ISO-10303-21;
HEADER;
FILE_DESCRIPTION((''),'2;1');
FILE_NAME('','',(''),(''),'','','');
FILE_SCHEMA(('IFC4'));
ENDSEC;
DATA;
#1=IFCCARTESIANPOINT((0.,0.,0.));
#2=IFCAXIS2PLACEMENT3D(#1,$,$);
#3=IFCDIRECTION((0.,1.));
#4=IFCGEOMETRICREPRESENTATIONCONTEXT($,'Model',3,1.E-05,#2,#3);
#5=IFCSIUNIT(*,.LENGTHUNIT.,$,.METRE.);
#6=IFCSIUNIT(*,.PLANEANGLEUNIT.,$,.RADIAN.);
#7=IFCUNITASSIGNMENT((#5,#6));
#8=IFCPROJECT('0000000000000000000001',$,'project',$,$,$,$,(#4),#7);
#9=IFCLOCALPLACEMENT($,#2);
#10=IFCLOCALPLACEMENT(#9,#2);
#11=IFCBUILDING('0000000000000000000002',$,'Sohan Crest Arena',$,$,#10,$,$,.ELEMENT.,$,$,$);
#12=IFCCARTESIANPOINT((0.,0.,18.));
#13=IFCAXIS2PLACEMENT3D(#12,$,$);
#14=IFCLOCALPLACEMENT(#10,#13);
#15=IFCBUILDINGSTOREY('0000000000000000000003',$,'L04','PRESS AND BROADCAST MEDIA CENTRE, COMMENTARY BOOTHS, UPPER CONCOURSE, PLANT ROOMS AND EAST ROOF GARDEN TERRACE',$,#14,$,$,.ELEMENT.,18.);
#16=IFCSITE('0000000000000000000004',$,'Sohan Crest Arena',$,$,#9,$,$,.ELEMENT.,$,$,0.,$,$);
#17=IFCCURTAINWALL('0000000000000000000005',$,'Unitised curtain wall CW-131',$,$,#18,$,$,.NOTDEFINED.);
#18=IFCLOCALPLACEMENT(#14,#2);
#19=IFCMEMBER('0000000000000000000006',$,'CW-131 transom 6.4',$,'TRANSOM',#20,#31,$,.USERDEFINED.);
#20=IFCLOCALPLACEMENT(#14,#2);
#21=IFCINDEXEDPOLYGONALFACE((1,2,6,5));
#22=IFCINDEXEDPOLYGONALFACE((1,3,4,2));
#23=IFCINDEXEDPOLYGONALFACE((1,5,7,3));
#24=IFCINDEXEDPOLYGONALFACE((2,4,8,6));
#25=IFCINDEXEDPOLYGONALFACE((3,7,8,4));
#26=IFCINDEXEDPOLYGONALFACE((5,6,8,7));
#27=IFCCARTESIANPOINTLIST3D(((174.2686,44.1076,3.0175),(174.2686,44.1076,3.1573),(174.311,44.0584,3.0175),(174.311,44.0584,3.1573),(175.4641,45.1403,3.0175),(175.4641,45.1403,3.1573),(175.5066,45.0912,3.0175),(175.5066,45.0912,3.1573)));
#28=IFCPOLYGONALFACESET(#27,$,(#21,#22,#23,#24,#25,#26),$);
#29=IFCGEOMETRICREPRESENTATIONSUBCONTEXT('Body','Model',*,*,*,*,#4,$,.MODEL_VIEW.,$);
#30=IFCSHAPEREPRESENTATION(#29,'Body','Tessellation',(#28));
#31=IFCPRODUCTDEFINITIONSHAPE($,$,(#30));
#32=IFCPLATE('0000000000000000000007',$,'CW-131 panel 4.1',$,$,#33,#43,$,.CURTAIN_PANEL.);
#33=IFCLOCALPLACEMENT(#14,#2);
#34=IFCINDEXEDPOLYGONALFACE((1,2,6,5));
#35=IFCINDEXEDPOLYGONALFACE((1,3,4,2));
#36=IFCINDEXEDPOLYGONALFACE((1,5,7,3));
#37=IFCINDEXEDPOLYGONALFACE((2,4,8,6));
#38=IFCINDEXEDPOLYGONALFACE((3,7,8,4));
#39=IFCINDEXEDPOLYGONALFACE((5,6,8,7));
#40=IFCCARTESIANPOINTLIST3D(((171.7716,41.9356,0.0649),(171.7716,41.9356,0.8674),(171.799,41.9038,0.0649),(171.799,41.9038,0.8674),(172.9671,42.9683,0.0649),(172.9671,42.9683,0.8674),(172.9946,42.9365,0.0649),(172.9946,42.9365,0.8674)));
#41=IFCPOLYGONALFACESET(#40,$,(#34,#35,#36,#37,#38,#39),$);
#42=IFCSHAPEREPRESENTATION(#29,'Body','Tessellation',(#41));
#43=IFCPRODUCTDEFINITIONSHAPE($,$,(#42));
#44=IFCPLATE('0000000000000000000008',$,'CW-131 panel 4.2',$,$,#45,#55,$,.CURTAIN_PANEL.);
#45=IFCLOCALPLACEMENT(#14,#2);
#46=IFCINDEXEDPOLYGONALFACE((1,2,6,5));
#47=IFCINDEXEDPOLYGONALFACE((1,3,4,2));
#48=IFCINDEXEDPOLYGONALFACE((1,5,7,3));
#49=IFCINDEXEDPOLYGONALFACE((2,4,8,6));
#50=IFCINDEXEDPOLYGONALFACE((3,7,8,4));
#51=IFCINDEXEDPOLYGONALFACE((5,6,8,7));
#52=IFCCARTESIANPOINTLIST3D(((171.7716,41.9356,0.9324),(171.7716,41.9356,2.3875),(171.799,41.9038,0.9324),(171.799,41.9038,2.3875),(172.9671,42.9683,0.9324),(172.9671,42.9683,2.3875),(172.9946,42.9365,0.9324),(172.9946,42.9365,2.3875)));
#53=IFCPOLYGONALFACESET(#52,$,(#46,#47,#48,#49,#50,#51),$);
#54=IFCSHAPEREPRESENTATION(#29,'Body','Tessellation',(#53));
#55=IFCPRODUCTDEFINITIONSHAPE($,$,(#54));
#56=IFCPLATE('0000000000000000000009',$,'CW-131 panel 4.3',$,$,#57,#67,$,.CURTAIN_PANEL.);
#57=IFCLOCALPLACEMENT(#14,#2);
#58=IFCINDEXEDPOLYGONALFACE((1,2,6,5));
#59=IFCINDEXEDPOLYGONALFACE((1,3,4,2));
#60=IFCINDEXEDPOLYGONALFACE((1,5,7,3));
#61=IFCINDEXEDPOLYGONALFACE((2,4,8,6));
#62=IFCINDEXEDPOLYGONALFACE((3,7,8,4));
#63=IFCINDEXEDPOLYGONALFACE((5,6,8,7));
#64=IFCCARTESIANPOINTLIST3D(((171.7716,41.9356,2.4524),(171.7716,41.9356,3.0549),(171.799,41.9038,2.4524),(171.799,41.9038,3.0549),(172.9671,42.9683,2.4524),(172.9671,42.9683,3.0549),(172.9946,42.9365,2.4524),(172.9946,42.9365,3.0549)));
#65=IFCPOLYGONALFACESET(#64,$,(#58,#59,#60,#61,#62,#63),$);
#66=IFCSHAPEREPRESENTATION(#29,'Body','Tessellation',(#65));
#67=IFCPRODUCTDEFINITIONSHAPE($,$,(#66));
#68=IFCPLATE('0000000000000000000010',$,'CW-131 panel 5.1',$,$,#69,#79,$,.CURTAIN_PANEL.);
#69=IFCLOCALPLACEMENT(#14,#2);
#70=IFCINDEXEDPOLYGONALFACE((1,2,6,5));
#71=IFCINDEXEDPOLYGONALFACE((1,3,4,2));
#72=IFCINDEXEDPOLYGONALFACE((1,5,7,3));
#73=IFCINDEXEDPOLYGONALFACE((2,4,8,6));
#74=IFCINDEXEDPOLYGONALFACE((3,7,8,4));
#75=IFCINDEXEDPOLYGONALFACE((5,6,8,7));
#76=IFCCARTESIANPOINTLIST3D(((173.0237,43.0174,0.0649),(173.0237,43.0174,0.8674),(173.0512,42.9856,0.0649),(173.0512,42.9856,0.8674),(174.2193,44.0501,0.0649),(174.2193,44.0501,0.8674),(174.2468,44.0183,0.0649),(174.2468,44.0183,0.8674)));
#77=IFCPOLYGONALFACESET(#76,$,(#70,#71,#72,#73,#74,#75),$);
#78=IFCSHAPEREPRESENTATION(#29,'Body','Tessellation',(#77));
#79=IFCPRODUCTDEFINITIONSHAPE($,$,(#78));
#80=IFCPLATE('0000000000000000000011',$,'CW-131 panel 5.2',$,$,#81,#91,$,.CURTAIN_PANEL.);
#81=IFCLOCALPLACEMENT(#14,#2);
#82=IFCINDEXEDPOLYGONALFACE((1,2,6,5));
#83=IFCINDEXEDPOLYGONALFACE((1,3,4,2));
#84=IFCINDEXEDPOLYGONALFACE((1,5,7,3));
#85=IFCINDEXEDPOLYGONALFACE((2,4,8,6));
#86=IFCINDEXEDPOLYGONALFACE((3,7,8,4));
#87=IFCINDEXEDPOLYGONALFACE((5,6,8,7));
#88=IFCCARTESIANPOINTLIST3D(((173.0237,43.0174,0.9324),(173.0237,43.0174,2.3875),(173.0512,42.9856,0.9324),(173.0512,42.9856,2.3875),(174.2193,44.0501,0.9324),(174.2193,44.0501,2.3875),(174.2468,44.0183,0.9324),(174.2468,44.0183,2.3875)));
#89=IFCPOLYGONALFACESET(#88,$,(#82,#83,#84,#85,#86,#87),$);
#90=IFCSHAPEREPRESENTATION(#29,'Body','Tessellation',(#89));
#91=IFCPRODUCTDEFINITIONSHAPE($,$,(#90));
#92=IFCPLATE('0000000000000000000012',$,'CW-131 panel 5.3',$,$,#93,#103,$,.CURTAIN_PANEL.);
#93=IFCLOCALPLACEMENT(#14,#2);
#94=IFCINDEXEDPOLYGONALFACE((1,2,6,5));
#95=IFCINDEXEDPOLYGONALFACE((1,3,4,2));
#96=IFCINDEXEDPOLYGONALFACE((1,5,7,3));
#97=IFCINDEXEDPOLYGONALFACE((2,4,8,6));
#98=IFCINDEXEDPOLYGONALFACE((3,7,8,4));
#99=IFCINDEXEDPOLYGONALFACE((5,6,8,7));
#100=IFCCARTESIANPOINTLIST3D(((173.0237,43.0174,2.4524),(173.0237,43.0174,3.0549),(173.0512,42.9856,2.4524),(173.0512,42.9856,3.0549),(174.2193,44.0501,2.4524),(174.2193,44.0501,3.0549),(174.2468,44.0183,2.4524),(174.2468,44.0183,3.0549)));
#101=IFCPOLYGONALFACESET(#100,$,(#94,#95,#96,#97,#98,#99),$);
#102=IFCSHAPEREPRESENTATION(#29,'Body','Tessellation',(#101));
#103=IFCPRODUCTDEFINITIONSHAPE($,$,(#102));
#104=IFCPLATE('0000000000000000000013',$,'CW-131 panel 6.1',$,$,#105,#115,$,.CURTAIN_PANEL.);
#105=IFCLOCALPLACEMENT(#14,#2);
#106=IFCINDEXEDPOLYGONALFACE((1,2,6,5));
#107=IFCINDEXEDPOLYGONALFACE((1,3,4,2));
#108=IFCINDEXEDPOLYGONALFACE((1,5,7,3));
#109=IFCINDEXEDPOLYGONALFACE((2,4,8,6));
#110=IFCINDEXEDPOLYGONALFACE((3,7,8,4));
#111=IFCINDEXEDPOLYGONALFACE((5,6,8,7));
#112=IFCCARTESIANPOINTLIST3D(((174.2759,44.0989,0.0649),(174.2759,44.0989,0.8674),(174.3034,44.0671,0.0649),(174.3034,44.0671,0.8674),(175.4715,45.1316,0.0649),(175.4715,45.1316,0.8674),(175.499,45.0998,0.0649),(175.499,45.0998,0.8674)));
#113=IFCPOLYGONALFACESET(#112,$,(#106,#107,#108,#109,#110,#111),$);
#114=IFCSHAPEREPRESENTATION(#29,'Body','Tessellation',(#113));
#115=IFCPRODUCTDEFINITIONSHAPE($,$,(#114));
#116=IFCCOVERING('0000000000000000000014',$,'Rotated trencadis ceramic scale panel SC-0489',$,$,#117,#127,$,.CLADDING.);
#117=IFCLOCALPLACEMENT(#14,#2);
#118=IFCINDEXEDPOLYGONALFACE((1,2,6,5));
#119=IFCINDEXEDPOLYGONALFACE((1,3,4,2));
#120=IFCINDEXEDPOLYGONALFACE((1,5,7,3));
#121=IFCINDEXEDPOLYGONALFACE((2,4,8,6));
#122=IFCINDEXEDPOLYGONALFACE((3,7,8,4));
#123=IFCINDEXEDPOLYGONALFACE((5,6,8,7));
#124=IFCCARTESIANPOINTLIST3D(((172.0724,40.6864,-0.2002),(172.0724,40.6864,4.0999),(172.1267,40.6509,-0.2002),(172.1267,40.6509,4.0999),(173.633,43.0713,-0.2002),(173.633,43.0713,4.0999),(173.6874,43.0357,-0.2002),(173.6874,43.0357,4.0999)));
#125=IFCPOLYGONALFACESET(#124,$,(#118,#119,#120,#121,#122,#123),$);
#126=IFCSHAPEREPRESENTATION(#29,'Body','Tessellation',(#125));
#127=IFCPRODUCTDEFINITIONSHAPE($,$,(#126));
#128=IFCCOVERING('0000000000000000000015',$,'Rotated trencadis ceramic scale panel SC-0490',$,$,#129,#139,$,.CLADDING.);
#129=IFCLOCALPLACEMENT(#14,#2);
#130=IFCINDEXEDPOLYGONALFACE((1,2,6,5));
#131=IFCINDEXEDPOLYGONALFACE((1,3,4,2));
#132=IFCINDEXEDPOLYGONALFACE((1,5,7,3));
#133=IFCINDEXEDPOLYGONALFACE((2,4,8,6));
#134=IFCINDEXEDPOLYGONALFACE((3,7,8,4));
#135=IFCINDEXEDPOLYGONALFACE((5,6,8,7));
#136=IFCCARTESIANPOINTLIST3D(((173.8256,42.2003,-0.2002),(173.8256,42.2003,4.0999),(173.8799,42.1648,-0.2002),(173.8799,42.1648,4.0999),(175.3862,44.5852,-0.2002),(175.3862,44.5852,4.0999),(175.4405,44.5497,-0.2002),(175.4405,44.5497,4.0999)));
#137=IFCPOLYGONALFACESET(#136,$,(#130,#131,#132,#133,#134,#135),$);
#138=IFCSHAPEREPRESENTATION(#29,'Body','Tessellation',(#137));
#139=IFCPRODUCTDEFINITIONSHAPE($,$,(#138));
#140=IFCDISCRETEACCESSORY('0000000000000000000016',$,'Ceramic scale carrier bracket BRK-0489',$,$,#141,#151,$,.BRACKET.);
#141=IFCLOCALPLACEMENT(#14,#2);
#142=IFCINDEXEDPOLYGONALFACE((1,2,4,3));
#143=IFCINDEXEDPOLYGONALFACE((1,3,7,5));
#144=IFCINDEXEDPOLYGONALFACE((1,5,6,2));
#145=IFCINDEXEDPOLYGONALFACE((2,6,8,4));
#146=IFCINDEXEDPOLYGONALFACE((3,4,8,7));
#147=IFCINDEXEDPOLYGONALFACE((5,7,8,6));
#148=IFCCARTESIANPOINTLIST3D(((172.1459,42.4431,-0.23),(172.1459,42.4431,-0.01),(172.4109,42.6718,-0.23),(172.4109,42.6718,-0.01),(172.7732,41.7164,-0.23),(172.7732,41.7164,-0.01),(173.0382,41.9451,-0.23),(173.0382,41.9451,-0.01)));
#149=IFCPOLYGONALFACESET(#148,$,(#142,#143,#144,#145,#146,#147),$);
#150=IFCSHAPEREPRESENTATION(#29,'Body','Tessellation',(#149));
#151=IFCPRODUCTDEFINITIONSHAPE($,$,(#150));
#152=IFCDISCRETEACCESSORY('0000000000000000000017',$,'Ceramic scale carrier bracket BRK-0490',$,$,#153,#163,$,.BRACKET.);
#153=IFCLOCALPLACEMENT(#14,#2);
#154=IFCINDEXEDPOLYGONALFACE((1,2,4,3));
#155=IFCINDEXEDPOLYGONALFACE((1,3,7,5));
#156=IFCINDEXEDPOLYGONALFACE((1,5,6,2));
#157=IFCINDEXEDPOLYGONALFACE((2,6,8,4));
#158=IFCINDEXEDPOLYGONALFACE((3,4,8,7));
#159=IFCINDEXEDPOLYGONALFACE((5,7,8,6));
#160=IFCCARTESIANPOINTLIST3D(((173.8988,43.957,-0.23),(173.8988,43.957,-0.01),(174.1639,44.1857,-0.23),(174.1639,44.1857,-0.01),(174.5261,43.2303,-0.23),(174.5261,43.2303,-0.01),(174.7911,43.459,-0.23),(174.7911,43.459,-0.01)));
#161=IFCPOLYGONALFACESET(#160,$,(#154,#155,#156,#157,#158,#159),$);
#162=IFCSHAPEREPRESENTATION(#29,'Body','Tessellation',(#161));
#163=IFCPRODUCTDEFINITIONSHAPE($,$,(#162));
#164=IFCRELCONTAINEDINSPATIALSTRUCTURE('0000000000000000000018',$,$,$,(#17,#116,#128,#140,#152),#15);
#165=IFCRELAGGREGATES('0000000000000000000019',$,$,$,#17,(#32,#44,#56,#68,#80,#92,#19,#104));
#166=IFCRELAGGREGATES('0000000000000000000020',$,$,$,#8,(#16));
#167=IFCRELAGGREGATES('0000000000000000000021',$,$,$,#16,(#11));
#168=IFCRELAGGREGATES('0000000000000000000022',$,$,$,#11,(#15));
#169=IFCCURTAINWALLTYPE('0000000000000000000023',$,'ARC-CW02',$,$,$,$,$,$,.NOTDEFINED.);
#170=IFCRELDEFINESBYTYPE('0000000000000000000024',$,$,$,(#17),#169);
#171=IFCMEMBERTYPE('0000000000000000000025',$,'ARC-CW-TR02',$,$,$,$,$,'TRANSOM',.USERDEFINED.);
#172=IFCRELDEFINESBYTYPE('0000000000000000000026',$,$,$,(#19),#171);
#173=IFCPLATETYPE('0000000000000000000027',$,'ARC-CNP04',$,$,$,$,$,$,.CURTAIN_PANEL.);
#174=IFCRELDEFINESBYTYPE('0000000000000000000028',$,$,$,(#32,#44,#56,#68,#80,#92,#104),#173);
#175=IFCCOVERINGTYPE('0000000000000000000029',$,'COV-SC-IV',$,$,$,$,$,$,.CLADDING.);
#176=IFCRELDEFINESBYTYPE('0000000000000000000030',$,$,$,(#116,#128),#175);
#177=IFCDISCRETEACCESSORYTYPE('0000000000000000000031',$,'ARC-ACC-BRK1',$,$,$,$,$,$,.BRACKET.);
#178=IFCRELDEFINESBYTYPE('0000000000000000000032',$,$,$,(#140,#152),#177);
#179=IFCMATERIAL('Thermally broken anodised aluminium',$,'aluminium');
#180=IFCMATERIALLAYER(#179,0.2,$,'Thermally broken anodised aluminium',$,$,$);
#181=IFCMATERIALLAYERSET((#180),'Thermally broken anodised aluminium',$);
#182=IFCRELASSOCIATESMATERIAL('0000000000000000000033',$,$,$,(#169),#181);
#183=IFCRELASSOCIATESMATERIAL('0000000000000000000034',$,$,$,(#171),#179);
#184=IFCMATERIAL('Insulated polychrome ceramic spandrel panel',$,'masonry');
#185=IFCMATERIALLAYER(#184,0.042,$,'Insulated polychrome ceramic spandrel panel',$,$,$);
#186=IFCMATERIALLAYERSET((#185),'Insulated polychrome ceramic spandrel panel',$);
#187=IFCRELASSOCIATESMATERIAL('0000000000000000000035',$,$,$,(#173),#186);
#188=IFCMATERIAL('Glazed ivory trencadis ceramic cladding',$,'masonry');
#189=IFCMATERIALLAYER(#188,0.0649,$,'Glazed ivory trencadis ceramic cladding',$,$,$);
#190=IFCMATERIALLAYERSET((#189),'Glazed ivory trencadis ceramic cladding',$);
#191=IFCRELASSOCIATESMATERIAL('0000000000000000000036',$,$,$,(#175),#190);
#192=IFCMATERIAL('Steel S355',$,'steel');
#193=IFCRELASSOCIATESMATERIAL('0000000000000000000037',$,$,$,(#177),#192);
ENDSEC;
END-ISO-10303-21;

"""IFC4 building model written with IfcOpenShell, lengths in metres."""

from ifc_helpers import new_model, si_unit, direction, frame, origin, origin_2d, place, context, subcontext, project, spatial, rectangle, extrude, material, layer, layer_set, material_profile, profile_set, type_object, element, aggregate, save


model = new_model("IFC4")

# Units and contexts
model_context = context("Model", 3, precision=1e-05, world=origin(), true_north=direction((0.0, 1.0)))
body_context = subcontext(model_context, "Body", "Model", "MODEL_VIEW")
ifc_project = project(units=[si_unit("LENGTHUNIT", "METRE"), si_unit("PLANEANGLEUNIT", "RADIAN")], contexts=[model_context])

# Site, building, storey
site_placement = place(None, origin())
site = spatial("IfcSite", under=ifc_project, at=site_placement, Name="Sohan Crest Arena", CompositionType="ELEMENT", RefElevation=0.0)
building_placement = place(site_placement, origin())
building = spatial("IfcBuilding", under=site, at=building_placement, Name="Sohan Crest Arena", CompositionType="ELEMENT")
storey_placement = place(building_placement, frame((0.0, 0.0, 18.0)))
storey = spatial("IfcBuildingStorey", under=building, at=storey_placement, Name="L04", Description="PRESS AND BROADCAST MEDIA CENTRE, COMMENTARY BOOTHS, UPPER CONCOURSE, PLANT ROOMS AND EAST ROOF GARDEN TERRACE", CompositionType="ELEMENT", Elevation=18.0)

# Curtain wall, member, plates
ifc_material_1 = material(Name="Thermally broken anodised aluminium", Category="aluminium")
ifc_layer_1 = layer(ifc_material_1, 0.2, Name="Thermally broken anodised aluminium")
ifc_layer_set_1 = layer_set([ifc_layer_1], Name="Thermally broken anodised aluminium")
curtain_wall_type = type_object("IfcCurtainWallType", Name="ARC-CW02", PredefinedType="NOTDEFINED", material=ifc_layer_set_1)
curtain_wall_placement = place(storey_placement, origin())
curtain_wall = element("IfcCurtainWall", 1, at=curtain_wall_placement, inside=storey, type_object=curtain_wall_type, Name="Unitised curtain wall CW-131", PredefinedType="NOTDEFINED")
ifc_material_profile_1 = material_profile(ifc_material_1, rectangle(XDim=0.0649, YDim=0.1399, at=origin_2d()), Name="ALU-TRAN 65x140")
ifc_profile_set_1 = profile_set([ifc_material_profile_1], Name="Thermally broken anodised aluminium")
member_type_1 = type_object("IfcMemberType", Name="ARC-CW-TR02", ElementType="TRANSOM", PredefinedType="USERDEFINED", material=ifc_profile_set_1)
member_1_placement = place(storey_placement, frame((174.2898, 44.083, 3.0874), z_axis=(0.756764, 0.653688, 0.0), x_axis=(-0.653688, 0.756764, 0.0)))
member_1 = element("IfcMember", 2, at=member_1_placement, type_object=member_type_1, Name="CW-131 transom 6.4", ObjectType="TRANSOM", PredefinedType="USERDEFINED", context=body_context, shape_type="SweptSolid", body=[
    extrude(rectangle(XDim=0.0649, YDim=0.1399, at=origin_2d()), origin(), (0.0, 0.0, 1.0), 1.5798),
])
ifc_material_2 = material(Name="Insulated polychrome ceramic spandrel panel", Category="masonry")
ifc_layer_2 = layer(ifc_material_2, 0.042, Name="Insulated polychrome ceramic spandrel panel")
ifc_layer_set_2 = layer_set([ifc_layer_2], Name="Insulated polychrome ceramic spandrel panel")
plate_type = type_object("IfcPlateType", Name="ARC-CNP04", PredefinedType="CURTAIN_PANEL", material=ifc_layer_set_2)
plate_1_placement = place(storey_placement, frame((172.3831, 42.436, 0.0649), z_axis=(0.0, 0.0, 1.0), x_axis=(0.756765, 0.653687, 0.0)))
plate_1 = element("IfcPlate", 3, at=plate_1_placement, type_object=plate_type, Name="CW-131 panel 4.1", PredefinedType="CURTAIN_PANEL", context=body_context, shape_type="SweptSolid", body=[
    extrude(rectangle(XDim=1.5798, YDim=0.042, at=origin_2d()), origin(), (0.0, 0.0, 1.0), 0.8025),
])
plate_2_placement = place(storey_placement, frame((172.3831, 42.436, 0.9324), z_axis=(0.0, 0.0, 1.0), x_axis=(0.756765, 0.653687, 0.0)))
plate_2 = element("IfcPlate", 4, at=plate_2_placement, type_object=plate_type, Name="CW-131 panel 4.2", PredefinedType="CURTAIN_PANEL", context=body_context, shape_type="SweptSolid", body=[
    extrude(rectangle(XDim=1.5798, YDim=0.042, at=origin_2d()), origin(), (0.0, 0.0, 1.0), 1.4551),
])
plate_3_placement = place(storey_placement, frame((172.3831, 42.436, 2.4524), z_axis=(0.0, 0.0, 1.0), x_axis=(0.756765, 0.653687, 0.0)))
plate_3 = element("IfcPlate", 5, at=plate_3_placement, type_object=plate_type, Name="CW-131 panel 4.3", PredefinedType="CURTAIN_PANEL", context=body_context, shape_type="SweptSolid", body=[
    extrude(rectangle(XDim=1.5798, YDim=0.042, at=origin_2d()), origin(), (0.0, 0.0, 1.0), 0.6025),
])
plate_4_placement = place(storey_placement, frame((173.6353, 43.5178, 0.0649), z_axis=(0.0, 0.0, 1.0), x_axis=(0.756765, 0.653687, 0.0)))
plate_4 = element("IfcPlate", 6, at=plate_4_placement, type_object=plate_type, Name="CW-131 panel 5.1", PredefinedType="CURTAIN_PANEL", context=body_context, shape_type="SweptSolid", body=[
    extrude(rectangle(XDim=1.5798, YDim=0.042, at=origin_2d()), origin(), (0.0, 0.0, 1.0), 0.8025),
])
plate_5_placement = place(storey_placement, frame((173.6353, 43.5178, 0.9324), z_axis=(0.0, 0.0, 1.0), x_axis=(0.756765, 0.653687, 0.0)))
plate_5 = element("IfcPlate", 7, at=plate_5_placement, type_object=plate_type, Name="CW-131 panel 5.2", PredefinedType="CURTAIN_PANEL", context=body_context, shape_type="SweptSolid", body=[
    extrude(rectangle(XDim=1.5798, YDim=0.042, at=origin_2d()), origin(), (0.0, 0.0, 1.0), 1.4551),
])
plate_6_placement = place(storey_placement, frame((173.6353, 43.5178, 2.4524), z_axis=(0.0, 0.0, 1.0), x_axis=(0.756765, 0.653687, 0.0)))
plate_6 = element("IfcPlate", 8, at=plate_6_placement, type_object=plate_type, Name="CW-131 panel 5.3", PredefinedType="CURTAIN_PANEL", context=body_context, shape_type="SweptSolid", body=[
    extrude(rectangle(XDim=1.5798, YDim=0.042, at=origin_2d()), origin(), (0.0, 0.0, 1.0), 0.6025),
])
plate_7_placement = place(storey_placement, frame((174.8875, 44.5994, 0.0649), z_axis=(0.0, 0.0, 1.0), x_axis=(0.756765, 0.653687, 0.0)))
plate_7 = element("IfcPlate", 9, at=plate_7_placement, type_object=plate_type, Name="CW-131 panel 6.1", PredefinedType="CURTAIN_PANEL", context=body_context, shape_type="SweptSolid", body=[
    extrude(rectangle(XDim=1.5798, YDim=0.042, at=origin_2d()), origin(), (0.0, 0.0, 1.0), 0.8025),
])
aggregate(curtain_wall, [plate_1, plate_2, plate_3, plate_4, plate_5, plate_6, member_1, plate_7])

# Coverings
ifc_material_3 = material(Name="Glazed ivory trencadis ceramic cladding", Category="masonry")
ifc_layer_3 = layer(ifc_material_3, 0.0649, Name="Glazed ivory trencadis ceramic cladding")
ifc_layer_set_3 = layer_set([ifc_layer_3], Name="Glazed ivory trencadis ceramic cladding")
covering_type = type_object("IfcCoveringType", Name="COV-SC-IV", PredefinedType="CLADDING", material=ifc_layer_set_3)
for number, where, z_axis, x_axis, name in (
    (10, (172.8799, 41.8611, -0.2002), (0.0, 0.0, 1.0), (0.547563, 0.836764, 0.0), "Rotated trencadis ceramic scale panel SC-0489"),
    (11, (174.6331, 43.375, -0.2002), (0.0, 0.0, 1.0), (0.547563, 0.836764, 0.0), "Rotated trencadis ceramic scale panel SC-0490"),
):
    element("IfcCovering", number, at=place(storey_placement, frame(where, z_axis=z_axis, x_axis=x_axis)), inside=storey, type_object=covering_type, Name=name, PredefinedType="CLADDING", context=body_context, shape_type="SweptSolid", body=[
        extrude(rectangle(XDim=2.8501, YDim=0.0649, at=origin_2d()), origin(), (0.0, 0.0, 1.0), 4.3),
    ])

# Discrete accessories
ifc_material_4 = material(Name="Steel S355", Category="steel")
discrete_accessory_type = type_object("IfcDiscreteAccessoryType", Name="ARC-ACC-BRK1", PredefinedType="BRACKET", material=ifc_material_4)
for number, where, z_axis, x_axis, name in (
    (12, (172.592, 42.1941, -0.23), (0.0, 0.0, 1.0), (0.756995, 0.653421, 0.0), "Ceramic scale carrier bracket BRK-0489"),
    (13, (174.345, 43.708, -0.23), (0.0, 0.0, 1.0), (0.756995, 0.653421, 0.0), "Ceramic scale carrier bracket BRK-0490"),
):
    element("IfcDiscreteAccessory", number, at=place(storey_placement, frame(where, z_axis=z_axis, x_axis=x_axis)), inside=storey, type_object=discrete_accessory_type, Name=name, PredefinedType="BRACKET", context=body_context, shape_type="SweptSolid", body=[
        extrude(rectangle(XDim=0.3501, YDim=0.96, at=origin_2d()), origin(), (0.0, 0.0, 1.0), 0.22),
    ])

save(model, "model.ifc")
